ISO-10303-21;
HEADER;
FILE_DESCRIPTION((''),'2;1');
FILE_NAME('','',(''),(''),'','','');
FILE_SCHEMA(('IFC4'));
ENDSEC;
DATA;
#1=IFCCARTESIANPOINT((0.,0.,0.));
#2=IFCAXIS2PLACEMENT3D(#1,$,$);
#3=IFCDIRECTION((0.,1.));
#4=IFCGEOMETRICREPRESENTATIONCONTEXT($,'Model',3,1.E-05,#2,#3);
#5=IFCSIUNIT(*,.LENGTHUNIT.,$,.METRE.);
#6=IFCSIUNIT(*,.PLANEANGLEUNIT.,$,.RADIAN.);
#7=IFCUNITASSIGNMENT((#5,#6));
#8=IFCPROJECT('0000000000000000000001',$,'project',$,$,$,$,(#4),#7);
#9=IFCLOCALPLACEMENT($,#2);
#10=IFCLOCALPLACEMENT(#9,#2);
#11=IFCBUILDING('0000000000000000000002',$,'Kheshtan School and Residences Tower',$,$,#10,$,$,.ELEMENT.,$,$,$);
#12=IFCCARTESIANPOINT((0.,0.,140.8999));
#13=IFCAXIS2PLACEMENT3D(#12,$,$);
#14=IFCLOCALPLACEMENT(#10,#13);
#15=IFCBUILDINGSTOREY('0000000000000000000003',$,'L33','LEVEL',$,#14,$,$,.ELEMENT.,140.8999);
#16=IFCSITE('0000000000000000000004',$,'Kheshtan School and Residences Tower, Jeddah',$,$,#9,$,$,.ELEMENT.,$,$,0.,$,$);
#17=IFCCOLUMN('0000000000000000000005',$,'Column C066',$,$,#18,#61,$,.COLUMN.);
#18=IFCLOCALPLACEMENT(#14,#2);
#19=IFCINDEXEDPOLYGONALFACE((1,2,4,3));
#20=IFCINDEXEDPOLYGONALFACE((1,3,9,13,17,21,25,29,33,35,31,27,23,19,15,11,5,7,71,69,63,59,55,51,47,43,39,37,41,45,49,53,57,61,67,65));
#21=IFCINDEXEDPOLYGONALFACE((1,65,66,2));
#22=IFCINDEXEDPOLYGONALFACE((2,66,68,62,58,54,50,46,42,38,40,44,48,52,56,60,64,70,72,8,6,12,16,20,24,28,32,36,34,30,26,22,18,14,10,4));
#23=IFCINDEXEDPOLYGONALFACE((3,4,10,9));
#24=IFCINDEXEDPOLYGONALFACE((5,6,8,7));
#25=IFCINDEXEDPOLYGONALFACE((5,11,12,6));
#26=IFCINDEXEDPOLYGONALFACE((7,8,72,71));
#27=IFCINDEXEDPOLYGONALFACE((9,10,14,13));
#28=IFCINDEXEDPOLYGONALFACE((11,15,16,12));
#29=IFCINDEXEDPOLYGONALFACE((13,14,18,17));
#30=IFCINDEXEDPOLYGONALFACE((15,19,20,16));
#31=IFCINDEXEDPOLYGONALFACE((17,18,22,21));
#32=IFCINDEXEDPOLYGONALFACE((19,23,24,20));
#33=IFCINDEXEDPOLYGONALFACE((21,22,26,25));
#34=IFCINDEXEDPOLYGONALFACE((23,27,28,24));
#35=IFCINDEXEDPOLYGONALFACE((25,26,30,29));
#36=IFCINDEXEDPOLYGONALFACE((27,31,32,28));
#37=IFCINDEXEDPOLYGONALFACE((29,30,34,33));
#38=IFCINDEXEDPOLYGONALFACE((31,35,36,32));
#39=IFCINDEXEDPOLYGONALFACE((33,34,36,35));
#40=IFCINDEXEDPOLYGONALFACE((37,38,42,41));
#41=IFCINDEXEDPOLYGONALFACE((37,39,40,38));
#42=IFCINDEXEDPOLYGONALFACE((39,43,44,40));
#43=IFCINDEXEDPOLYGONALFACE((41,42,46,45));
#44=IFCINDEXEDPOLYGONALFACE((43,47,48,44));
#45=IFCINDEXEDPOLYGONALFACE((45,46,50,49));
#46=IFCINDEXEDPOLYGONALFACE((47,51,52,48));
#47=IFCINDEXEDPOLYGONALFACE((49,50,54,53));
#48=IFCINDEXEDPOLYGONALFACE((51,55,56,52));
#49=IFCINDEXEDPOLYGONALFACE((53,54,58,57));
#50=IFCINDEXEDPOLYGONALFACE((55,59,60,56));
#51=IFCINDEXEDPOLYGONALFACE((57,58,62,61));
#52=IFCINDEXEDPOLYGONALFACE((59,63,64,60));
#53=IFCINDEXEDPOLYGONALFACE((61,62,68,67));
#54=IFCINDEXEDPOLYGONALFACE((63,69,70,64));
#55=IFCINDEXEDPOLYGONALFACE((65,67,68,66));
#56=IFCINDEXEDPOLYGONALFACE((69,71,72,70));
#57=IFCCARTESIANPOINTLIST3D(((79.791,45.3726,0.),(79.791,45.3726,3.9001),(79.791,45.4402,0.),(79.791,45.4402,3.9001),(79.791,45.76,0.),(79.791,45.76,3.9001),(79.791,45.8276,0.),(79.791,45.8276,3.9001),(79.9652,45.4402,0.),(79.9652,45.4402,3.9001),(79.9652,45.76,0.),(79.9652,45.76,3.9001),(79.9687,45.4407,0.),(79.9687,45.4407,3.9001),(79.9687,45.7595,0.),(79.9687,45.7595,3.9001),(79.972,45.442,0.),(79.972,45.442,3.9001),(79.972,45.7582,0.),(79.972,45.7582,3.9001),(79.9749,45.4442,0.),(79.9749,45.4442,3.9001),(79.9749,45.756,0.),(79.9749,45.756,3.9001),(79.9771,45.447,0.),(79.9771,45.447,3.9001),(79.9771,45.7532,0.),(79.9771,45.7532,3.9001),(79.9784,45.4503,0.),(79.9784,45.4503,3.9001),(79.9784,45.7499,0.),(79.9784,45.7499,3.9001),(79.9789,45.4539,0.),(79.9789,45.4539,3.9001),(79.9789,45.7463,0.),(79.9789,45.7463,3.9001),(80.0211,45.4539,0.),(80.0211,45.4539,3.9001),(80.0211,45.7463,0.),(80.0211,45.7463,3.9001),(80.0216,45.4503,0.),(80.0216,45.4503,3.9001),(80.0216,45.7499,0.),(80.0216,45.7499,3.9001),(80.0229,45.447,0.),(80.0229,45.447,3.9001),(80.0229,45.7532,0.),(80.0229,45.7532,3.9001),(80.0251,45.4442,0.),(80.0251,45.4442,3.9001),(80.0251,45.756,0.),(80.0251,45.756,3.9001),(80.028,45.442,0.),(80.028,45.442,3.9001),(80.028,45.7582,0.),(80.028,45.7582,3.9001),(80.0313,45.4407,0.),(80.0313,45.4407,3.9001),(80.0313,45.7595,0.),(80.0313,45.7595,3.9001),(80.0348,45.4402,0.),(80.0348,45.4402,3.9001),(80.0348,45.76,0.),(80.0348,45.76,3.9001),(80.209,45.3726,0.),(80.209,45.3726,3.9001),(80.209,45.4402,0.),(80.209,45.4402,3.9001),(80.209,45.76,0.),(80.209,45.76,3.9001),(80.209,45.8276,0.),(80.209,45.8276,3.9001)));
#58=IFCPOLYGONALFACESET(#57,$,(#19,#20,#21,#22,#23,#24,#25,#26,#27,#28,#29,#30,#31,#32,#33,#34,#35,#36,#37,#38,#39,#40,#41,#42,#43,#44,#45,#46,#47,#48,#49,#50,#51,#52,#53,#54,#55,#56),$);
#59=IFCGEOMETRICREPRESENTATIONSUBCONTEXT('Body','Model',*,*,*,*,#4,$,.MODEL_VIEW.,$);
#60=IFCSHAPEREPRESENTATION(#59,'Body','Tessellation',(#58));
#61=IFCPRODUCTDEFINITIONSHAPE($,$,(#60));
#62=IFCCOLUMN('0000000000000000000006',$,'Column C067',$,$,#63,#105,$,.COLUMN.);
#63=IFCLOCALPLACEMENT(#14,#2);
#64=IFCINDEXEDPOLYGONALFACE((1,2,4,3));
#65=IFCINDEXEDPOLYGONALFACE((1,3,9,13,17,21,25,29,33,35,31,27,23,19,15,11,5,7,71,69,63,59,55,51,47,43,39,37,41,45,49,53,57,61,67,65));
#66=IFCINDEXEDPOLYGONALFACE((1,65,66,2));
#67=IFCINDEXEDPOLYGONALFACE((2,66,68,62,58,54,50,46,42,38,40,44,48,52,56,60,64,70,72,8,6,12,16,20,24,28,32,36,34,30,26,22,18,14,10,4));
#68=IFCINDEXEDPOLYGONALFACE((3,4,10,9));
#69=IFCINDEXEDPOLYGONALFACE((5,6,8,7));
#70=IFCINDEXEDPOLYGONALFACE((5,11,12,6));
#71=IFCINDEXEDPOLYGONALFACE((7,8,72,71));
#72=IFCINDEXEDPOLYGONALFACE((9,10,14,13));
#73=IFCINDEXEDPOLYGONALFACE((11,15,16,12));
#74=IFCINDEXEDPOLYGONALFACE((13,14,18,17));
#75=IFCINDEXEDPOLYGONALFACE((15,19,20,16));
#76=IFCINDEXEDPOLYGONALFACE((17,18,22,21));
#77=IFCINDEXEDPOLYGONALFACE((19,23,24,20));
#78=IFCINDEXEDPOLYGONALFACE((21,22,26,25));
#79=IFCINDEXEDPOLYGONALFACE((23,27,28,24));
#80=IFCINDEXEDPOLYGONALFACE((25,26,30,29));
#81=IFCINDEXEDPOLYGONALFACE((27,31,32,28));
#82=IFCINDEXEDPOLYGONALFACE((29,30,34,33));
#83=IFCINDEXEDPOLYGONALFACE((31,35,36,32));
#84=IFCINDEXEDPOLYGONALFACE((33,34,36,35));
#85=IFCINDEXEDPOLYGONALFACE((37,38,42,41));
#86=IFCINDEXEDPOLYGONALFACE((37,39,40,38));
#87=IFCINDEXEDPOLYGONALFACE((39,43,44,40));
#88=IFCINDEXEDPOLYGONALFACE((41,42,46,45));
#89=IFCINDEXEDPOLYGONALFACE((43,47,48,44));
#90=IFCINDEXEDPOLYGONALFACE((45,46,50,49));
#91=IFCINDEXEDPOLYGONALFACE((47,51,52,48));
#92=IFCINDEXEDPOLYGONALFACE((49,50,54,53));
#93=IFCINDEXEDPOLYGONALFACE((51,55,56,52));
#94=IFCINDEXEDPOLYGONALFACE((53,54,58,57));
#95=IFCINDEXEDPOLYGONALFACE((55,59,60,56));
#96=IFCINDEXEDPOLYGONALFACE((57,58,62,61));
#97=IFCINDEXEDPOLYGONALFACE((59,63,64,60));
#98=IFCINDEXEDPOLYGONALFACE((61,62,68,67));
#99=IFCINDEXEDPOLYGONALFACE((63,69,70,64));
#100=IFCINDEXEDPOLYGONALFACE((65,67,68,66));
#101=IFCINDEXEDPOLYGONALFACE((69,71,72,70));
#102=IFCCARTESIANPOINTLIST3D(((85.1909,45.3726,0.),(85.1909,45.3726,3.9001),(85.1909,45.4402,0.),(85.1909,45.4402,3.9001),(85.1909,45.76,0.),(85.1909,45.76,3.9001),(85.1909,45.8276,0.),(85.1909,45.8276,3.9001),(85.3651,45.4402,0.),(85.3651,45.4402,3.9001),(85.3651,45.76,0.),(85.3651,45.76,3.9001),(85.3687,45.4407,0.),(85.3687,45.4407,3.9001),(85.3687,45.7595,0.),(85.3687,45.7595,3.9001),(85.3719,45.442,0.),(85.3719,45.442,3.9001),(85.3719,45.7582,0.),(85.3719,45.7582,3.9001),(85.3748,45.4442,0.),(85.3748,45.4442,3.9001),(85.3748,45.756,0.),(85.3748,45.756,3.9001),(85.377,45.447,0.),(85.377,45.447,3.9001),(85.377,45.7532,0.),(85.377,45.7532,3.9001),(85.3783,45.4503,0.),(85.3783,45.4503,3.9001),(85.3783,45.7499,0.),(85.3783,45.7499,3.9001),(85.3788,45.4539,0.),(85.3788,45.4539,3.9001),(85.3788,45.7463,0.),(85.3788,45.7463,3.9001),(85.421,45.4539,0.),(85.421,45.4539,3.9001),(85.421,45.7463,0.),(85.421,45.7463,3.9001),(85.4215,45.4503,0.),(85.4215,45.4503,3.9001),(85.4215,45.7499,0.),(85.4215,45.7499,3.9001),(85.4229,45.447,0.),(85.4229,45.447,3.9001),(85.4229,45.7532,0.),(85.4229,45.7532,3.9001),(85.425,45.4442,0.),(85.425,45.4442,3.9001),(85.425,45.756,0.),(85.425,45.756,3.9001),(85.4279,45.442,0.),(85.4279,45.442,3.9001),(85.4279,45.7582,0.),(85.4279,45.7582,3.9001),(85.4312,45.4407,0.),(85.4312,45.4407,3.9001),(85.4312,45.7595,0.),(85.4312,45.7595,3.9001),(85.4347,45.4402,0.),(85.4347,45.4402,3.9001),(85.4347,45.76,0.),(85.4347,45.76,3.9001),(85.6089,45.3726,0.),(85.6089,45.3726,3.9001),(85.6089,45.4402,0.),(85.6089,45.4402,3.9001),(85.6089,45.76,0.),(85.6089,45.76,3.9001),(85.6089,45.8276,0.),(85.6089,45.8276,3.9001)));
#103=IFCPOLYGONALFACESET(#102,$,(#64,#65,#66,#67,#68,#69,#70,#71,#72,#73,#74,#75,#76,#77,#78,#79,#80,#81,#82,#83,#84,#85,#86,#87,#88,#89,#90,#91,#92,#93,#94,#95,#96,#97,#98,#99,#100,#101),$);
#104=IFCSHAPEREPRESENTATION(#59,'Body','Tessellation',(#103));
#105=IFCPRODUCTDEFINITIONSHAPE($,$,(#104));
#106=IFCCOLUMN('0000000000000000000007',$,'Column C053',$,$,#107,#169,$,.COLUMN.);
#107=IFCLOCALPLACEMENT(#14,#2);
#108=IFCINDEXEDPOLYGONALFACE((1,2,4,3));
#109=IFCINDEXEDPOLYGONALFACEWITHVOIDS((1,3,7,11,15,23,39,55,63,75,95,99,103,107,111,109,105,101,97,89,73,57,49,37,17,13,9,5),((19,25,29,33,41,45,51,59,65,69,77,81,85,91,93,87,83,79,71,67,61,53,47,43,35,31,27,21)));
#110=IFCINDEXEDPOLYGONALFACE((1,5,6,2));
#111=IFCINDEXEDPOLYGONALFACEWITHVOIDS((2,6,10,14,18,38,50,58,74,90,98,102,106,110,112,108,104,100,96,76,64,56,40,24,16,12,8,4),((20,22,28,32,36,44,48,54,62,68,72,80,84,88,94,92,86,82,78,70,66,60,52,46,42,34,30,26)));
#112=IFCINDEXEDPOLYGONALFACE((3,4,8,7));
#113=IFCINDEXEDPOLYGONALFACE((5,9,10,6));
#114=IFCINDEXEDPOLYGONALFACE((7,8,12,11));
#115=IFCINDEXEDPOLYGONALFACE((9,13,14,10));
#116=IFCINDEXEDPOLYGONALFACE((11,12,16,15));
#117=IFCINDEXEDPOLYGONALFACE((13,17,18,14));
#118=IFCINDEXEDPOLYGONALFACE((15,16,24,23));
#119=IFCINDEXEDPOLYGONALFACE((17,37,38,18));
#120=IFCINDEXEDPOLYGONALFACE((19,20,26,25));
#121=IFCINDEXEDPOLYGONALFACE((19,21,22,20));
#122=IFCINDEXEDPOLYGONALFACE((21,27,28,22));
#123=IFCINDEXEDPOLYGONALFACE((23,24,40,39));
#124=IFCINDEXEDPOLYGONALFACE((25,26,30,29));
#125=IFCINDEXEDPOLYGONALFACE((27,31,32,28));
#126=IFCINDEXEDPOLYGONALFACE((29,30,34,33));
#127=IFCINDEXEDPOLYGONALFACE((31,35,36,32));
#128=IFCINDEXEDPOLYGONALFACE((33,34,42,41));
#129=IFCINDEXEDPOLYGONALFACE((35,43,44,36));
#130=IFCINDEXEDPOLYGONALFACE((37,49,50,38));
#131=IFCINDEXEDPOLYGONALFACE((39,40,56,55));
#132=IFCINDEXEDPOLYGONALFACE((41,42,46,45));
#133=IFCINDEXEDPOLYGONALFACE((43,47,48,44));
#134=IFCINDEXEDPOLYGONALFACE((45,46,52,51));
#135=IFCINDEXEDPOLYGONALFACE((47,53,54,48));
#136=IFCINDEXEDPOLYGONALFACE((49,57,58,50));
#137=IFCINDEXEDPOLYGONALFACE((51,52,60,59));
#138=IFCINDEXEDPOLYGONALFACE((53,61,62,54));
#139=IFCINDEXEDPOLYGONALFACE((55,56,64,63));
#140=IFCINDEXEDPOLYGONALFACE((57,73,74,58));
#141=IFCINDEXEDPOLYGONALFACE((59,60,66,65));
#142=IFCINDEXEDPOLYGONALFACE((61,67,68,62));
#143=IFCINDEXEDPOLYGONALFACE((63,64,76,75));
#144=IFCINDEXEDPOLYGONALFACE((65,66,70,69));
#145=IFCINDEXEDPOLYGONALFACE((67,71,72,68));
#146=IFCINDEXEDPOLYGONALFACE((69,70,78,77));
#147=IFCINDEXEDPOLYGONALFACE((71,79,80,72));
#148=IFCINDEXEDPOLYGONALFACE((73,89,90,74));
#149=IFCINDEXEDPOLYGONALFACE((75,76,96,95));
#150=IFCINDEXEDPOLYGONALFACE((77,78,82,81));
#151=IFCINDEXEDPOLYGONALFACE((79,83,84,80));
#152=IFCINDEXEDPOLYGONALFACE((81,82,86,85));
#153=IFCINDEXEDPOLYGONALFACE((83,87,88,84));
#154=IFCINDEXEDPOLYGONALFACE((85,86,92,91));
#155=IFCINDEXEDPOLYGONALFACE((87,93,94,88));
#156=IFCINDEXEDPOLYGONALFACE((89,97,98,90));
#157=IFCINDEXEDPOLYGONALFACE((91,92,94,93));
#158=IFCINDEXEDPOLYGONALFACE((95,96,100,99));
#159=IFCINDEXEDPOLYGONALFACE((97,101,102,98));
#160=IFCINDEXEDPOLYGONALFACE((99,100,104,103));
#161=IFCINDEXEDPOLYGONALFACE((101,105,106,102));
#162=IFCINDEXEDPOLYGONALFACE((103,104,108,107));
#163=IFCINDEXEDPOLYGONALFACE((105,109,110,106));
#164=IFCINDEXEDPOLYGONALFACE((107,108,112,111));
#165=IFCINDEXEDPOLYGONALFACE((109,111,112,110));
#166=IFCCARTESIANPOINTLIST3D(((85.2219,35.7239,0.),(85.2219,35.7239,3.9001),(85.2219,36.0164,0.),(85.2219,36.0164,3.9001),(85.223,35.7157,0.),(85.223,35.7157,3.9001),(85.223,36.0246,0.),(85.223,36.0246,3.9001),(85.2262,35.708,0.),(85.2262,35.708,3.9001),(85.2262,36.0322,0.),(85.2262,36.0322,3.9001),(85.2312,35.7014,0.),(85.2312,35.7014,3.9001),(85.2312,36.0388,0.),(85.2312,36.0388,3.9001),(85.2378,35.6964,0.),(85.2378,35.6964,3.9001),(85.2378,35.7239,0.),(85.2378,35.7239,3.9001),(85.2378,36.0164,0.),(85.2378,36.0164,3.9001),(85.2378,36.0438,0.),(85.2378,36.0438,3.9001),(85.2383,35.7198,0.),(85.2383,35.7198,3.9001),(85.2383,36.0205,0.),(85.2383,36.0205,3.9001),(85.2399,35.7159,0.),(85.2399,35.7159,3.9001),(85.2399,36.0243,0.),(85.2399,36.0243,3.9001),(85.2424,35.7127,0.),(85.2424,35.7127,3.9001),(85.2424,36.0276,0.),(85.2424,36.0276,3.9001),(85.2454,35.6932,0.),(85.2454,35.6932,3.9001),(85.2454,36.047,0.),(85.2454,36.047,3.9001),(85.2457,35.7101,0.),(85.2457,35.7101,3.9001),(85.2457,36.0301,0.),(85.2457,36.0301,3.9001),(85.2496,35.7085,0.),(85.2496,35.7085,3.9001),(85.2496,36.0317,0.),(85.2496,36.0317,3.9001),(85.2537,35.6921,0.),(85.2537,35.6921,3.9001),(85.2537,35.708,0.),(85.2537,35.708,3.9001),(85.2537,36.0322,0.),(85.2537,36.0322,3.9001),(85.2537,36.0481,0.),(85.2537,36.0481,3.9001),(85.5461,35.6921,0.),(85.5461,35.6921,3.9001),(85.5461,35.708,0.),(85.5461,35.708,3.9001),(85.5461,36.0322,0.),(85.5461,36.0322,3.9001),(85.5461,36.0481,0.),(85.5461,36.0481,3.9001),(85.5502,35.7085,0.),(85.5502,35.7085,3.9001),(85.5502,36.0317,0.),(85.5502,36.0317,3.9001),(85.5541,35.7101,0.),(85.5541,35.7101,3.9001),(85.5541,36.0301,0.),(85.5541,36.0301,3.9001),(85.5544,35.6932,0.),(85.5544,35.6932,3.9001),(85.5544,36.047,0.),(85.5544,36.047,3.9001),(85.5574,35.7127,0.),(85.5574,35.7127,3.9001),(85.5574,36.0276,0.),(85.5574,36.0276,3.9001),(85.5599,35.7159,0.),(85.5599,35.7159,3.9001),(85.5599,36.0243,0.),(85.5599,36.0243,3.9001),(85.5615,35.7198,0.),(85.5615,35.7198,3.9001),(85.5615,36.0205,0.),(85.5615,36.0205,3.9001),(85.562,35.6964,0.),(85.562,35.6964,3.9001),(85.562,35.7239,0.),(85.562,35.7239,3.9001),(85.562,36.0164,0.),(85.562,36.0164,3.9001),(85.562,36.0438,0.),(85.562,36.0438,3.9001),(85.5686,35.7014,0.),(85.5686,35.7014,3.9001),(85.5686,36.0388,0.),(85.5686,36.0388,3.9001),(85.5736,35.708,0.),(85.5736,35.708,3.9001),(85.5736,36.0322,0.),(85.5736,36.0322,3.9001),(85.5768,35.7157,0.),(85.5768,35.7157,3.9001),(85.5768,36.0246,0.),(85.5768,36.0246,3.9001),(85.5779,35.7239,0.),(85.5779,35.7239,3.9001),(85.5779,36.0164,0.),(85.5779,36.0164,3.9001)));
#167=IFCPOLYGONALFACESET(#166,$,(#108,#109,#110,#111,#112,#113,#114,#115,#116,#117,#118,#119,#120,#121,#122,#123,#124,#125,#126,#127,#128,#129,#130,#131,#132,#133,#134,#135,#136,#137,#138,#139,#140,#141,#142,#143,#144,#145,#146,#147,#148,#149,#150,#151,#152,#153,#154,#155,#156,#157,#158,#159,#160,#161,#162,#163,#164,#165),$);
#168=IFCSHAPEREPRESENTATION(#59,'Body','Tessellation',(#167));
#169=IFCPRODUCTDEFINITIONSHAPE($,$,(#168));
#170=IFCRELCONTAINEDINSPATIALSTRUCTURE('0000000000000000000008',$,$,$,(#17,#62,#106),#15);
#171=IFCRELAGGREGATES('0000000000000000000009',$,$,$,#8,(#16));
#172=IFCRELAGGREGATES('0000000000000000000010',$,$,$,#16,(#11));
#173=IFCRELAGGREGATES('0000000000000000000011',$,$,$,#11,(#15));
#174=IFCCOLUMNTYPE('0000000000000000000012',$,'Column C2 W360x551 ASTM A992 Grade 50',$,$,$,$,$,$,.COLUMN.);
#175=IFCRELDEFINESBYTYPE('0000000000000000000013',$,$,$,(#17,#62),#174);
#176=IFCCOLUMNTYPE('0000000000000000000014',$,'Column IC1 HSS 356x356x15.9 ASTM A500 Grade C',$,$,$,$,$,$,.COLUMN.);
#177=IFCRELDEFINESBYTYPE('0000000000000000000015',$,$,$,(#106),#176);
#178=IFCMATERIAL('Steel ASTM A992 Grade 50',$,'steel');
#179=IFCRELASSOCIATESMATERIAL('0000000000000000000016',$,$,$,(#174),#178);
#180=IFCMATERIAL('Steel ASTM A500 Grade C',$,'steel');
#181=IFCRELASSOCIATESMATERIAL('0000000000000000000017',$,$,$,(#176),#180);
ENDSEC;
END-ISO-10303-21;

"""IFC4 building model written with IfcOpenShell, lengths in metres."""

from ifc_helpers import new_model, si_unit, direction, frame, origin, origin_2d, place, context, subcontext, project, spatial, hollow_rectangle, i_section, extrude, material, material_profile, profile_set, type_object, element, save


model = new_model("IFC4")

# Units and contexts
model_context = context("Model", 3, precision=1e-05, world=origin(), true_north=direction((0.0, 1.0)))
body_context = subcontext(model_context, "Body", "Model", "MODEL_VIEW")
ifc_project = project(units=[si_unit("LENGTHUNIT", "METRE"), si_unit("PLANEANGLEUNIT", "RADIAN")], contexts=[model_context])

# Site, building, storey
site_placement = place(None, origin())
site = spatial("IfcSite", under=ifc_project, at=site_placement, Name="Kheshtan School and Residences Tower, Jeddah", CompositionType="ELEMENT", RefElevation=0.0)
building_placement = place(site_placement, origin())
building = spatial("IfcBuilding", under=site, at=building_placement, Name="Kheshtan School and Residences Tower", CompositionType="ELEMENT")
storey_placement = place(building_placement, frame((0.0, 0.0, 140.8999)))
storey = spatial("IfcBuildingStorey", under=building, at=storey_placement, Name="L33", Description="LEVEL", CompositionType="ELEMENT", Elevation=140.8999)

# Columns
ifc_material_1 = material(Name="Steel ASTM A992 Grade 50", Category="steel")
ifc_material_profile_1 = material_profile(ifc_material_1, i_section(OverallWidth=0.418, OverallDepth=0.4551, WebThickness=0.0422, FlangeThickness=0.0676, FilletRadius=0.0137, at=origin_2d()), Name="W360x551")
ifc_profile_set_1 = profile_set([ifc_material_profile_1], Name="Steel ASTM A992 Grade 50")
column_type_1 = type_object("IfcColumnType", Name="Column C2 W360x551 ASTM A992 Grade 50", PredefinedType="COLUMN", material=ifc_profile_set_1)
for number, where, z_axis, x_axis, name in (
    (1, (80.0, 45.6001, 0.0), (0.0, 0.0, 1.0), (1.0, 0.0, 0.0), "Column C066"),
    (2, (85.3999, 45.6001, 0.0), (0.0, 0.0, 1.0), (1.0, 0.0, 0.0), "Column C067"),
):
    element("IfcColumn", number, at=place(storey_placement, frame(where, z_axis=z_axis, x_axis=x_axis)), inside=storey, type_object=column_type_1, Name=name, PredefinedType="COLUMN", context=body_context, shape_type="SweptSolid", body=[
        extrude(i_section(OverallWidth=0.418, OverallDepth=0.4551, WebThickness=0.0422, FlangeThickness=0.0676, FilletRadius=0.0137, at=origin_2d()), origin(), (0.0, 0.0, 1.0), 3.9001),
    ])
ifc_material_2 = material(Name="Steel ASTM A500 Grade C", Category="steel")
ifc_material_profile_2 = material_profile(ifc_material_2, hollow_rectangle(XDim=0.356, YDim=0.356, WallThickness=0.0159, InnerFilletRadius=0.0159, OuterFilletRadius=0.0317, at=origin_2d()), Name="HSS 356x356x15.9")
ifc_profile_set_2 = profile_set([ifc_material_profile_2], Name="Steel ASTM A500 Grade C")
column_type_2 = type_object("IfcColumnType", Name="Column IC1 HSS 356x356x15.9 ASTM A500 Grade C", PredefinedType="COLUMN", material=ifc_profile_set_2)
for number, where, z_axis, x_axis, name in (
    (3, (85.3999, 35.8701, 0.0), (0.0, 0.0, 1.0), (1.0, 0.0, 0.0), "Column C053"),
):
    element("IfcColumn", number, at=place(storey_placement, frame(where, z_axis=z_axis, x_axis=x_axis)), inside=storey, type_object=column_type_2, Name=name, PredefinedType="COLUMN", context=body_context, shape_type="SweptSolid", body=[
        extrude(hollow_rectangle(XDim=0.356, YDim=0.356, WallThickness=0.0159, InnerFilletRadius=0.0159, OuterFilletRadius=0.0317, at=origin_2d()), origin(), (0.0, 0.0, 1.0), 3.9001),
    ])

save(model, "model.ifc")
